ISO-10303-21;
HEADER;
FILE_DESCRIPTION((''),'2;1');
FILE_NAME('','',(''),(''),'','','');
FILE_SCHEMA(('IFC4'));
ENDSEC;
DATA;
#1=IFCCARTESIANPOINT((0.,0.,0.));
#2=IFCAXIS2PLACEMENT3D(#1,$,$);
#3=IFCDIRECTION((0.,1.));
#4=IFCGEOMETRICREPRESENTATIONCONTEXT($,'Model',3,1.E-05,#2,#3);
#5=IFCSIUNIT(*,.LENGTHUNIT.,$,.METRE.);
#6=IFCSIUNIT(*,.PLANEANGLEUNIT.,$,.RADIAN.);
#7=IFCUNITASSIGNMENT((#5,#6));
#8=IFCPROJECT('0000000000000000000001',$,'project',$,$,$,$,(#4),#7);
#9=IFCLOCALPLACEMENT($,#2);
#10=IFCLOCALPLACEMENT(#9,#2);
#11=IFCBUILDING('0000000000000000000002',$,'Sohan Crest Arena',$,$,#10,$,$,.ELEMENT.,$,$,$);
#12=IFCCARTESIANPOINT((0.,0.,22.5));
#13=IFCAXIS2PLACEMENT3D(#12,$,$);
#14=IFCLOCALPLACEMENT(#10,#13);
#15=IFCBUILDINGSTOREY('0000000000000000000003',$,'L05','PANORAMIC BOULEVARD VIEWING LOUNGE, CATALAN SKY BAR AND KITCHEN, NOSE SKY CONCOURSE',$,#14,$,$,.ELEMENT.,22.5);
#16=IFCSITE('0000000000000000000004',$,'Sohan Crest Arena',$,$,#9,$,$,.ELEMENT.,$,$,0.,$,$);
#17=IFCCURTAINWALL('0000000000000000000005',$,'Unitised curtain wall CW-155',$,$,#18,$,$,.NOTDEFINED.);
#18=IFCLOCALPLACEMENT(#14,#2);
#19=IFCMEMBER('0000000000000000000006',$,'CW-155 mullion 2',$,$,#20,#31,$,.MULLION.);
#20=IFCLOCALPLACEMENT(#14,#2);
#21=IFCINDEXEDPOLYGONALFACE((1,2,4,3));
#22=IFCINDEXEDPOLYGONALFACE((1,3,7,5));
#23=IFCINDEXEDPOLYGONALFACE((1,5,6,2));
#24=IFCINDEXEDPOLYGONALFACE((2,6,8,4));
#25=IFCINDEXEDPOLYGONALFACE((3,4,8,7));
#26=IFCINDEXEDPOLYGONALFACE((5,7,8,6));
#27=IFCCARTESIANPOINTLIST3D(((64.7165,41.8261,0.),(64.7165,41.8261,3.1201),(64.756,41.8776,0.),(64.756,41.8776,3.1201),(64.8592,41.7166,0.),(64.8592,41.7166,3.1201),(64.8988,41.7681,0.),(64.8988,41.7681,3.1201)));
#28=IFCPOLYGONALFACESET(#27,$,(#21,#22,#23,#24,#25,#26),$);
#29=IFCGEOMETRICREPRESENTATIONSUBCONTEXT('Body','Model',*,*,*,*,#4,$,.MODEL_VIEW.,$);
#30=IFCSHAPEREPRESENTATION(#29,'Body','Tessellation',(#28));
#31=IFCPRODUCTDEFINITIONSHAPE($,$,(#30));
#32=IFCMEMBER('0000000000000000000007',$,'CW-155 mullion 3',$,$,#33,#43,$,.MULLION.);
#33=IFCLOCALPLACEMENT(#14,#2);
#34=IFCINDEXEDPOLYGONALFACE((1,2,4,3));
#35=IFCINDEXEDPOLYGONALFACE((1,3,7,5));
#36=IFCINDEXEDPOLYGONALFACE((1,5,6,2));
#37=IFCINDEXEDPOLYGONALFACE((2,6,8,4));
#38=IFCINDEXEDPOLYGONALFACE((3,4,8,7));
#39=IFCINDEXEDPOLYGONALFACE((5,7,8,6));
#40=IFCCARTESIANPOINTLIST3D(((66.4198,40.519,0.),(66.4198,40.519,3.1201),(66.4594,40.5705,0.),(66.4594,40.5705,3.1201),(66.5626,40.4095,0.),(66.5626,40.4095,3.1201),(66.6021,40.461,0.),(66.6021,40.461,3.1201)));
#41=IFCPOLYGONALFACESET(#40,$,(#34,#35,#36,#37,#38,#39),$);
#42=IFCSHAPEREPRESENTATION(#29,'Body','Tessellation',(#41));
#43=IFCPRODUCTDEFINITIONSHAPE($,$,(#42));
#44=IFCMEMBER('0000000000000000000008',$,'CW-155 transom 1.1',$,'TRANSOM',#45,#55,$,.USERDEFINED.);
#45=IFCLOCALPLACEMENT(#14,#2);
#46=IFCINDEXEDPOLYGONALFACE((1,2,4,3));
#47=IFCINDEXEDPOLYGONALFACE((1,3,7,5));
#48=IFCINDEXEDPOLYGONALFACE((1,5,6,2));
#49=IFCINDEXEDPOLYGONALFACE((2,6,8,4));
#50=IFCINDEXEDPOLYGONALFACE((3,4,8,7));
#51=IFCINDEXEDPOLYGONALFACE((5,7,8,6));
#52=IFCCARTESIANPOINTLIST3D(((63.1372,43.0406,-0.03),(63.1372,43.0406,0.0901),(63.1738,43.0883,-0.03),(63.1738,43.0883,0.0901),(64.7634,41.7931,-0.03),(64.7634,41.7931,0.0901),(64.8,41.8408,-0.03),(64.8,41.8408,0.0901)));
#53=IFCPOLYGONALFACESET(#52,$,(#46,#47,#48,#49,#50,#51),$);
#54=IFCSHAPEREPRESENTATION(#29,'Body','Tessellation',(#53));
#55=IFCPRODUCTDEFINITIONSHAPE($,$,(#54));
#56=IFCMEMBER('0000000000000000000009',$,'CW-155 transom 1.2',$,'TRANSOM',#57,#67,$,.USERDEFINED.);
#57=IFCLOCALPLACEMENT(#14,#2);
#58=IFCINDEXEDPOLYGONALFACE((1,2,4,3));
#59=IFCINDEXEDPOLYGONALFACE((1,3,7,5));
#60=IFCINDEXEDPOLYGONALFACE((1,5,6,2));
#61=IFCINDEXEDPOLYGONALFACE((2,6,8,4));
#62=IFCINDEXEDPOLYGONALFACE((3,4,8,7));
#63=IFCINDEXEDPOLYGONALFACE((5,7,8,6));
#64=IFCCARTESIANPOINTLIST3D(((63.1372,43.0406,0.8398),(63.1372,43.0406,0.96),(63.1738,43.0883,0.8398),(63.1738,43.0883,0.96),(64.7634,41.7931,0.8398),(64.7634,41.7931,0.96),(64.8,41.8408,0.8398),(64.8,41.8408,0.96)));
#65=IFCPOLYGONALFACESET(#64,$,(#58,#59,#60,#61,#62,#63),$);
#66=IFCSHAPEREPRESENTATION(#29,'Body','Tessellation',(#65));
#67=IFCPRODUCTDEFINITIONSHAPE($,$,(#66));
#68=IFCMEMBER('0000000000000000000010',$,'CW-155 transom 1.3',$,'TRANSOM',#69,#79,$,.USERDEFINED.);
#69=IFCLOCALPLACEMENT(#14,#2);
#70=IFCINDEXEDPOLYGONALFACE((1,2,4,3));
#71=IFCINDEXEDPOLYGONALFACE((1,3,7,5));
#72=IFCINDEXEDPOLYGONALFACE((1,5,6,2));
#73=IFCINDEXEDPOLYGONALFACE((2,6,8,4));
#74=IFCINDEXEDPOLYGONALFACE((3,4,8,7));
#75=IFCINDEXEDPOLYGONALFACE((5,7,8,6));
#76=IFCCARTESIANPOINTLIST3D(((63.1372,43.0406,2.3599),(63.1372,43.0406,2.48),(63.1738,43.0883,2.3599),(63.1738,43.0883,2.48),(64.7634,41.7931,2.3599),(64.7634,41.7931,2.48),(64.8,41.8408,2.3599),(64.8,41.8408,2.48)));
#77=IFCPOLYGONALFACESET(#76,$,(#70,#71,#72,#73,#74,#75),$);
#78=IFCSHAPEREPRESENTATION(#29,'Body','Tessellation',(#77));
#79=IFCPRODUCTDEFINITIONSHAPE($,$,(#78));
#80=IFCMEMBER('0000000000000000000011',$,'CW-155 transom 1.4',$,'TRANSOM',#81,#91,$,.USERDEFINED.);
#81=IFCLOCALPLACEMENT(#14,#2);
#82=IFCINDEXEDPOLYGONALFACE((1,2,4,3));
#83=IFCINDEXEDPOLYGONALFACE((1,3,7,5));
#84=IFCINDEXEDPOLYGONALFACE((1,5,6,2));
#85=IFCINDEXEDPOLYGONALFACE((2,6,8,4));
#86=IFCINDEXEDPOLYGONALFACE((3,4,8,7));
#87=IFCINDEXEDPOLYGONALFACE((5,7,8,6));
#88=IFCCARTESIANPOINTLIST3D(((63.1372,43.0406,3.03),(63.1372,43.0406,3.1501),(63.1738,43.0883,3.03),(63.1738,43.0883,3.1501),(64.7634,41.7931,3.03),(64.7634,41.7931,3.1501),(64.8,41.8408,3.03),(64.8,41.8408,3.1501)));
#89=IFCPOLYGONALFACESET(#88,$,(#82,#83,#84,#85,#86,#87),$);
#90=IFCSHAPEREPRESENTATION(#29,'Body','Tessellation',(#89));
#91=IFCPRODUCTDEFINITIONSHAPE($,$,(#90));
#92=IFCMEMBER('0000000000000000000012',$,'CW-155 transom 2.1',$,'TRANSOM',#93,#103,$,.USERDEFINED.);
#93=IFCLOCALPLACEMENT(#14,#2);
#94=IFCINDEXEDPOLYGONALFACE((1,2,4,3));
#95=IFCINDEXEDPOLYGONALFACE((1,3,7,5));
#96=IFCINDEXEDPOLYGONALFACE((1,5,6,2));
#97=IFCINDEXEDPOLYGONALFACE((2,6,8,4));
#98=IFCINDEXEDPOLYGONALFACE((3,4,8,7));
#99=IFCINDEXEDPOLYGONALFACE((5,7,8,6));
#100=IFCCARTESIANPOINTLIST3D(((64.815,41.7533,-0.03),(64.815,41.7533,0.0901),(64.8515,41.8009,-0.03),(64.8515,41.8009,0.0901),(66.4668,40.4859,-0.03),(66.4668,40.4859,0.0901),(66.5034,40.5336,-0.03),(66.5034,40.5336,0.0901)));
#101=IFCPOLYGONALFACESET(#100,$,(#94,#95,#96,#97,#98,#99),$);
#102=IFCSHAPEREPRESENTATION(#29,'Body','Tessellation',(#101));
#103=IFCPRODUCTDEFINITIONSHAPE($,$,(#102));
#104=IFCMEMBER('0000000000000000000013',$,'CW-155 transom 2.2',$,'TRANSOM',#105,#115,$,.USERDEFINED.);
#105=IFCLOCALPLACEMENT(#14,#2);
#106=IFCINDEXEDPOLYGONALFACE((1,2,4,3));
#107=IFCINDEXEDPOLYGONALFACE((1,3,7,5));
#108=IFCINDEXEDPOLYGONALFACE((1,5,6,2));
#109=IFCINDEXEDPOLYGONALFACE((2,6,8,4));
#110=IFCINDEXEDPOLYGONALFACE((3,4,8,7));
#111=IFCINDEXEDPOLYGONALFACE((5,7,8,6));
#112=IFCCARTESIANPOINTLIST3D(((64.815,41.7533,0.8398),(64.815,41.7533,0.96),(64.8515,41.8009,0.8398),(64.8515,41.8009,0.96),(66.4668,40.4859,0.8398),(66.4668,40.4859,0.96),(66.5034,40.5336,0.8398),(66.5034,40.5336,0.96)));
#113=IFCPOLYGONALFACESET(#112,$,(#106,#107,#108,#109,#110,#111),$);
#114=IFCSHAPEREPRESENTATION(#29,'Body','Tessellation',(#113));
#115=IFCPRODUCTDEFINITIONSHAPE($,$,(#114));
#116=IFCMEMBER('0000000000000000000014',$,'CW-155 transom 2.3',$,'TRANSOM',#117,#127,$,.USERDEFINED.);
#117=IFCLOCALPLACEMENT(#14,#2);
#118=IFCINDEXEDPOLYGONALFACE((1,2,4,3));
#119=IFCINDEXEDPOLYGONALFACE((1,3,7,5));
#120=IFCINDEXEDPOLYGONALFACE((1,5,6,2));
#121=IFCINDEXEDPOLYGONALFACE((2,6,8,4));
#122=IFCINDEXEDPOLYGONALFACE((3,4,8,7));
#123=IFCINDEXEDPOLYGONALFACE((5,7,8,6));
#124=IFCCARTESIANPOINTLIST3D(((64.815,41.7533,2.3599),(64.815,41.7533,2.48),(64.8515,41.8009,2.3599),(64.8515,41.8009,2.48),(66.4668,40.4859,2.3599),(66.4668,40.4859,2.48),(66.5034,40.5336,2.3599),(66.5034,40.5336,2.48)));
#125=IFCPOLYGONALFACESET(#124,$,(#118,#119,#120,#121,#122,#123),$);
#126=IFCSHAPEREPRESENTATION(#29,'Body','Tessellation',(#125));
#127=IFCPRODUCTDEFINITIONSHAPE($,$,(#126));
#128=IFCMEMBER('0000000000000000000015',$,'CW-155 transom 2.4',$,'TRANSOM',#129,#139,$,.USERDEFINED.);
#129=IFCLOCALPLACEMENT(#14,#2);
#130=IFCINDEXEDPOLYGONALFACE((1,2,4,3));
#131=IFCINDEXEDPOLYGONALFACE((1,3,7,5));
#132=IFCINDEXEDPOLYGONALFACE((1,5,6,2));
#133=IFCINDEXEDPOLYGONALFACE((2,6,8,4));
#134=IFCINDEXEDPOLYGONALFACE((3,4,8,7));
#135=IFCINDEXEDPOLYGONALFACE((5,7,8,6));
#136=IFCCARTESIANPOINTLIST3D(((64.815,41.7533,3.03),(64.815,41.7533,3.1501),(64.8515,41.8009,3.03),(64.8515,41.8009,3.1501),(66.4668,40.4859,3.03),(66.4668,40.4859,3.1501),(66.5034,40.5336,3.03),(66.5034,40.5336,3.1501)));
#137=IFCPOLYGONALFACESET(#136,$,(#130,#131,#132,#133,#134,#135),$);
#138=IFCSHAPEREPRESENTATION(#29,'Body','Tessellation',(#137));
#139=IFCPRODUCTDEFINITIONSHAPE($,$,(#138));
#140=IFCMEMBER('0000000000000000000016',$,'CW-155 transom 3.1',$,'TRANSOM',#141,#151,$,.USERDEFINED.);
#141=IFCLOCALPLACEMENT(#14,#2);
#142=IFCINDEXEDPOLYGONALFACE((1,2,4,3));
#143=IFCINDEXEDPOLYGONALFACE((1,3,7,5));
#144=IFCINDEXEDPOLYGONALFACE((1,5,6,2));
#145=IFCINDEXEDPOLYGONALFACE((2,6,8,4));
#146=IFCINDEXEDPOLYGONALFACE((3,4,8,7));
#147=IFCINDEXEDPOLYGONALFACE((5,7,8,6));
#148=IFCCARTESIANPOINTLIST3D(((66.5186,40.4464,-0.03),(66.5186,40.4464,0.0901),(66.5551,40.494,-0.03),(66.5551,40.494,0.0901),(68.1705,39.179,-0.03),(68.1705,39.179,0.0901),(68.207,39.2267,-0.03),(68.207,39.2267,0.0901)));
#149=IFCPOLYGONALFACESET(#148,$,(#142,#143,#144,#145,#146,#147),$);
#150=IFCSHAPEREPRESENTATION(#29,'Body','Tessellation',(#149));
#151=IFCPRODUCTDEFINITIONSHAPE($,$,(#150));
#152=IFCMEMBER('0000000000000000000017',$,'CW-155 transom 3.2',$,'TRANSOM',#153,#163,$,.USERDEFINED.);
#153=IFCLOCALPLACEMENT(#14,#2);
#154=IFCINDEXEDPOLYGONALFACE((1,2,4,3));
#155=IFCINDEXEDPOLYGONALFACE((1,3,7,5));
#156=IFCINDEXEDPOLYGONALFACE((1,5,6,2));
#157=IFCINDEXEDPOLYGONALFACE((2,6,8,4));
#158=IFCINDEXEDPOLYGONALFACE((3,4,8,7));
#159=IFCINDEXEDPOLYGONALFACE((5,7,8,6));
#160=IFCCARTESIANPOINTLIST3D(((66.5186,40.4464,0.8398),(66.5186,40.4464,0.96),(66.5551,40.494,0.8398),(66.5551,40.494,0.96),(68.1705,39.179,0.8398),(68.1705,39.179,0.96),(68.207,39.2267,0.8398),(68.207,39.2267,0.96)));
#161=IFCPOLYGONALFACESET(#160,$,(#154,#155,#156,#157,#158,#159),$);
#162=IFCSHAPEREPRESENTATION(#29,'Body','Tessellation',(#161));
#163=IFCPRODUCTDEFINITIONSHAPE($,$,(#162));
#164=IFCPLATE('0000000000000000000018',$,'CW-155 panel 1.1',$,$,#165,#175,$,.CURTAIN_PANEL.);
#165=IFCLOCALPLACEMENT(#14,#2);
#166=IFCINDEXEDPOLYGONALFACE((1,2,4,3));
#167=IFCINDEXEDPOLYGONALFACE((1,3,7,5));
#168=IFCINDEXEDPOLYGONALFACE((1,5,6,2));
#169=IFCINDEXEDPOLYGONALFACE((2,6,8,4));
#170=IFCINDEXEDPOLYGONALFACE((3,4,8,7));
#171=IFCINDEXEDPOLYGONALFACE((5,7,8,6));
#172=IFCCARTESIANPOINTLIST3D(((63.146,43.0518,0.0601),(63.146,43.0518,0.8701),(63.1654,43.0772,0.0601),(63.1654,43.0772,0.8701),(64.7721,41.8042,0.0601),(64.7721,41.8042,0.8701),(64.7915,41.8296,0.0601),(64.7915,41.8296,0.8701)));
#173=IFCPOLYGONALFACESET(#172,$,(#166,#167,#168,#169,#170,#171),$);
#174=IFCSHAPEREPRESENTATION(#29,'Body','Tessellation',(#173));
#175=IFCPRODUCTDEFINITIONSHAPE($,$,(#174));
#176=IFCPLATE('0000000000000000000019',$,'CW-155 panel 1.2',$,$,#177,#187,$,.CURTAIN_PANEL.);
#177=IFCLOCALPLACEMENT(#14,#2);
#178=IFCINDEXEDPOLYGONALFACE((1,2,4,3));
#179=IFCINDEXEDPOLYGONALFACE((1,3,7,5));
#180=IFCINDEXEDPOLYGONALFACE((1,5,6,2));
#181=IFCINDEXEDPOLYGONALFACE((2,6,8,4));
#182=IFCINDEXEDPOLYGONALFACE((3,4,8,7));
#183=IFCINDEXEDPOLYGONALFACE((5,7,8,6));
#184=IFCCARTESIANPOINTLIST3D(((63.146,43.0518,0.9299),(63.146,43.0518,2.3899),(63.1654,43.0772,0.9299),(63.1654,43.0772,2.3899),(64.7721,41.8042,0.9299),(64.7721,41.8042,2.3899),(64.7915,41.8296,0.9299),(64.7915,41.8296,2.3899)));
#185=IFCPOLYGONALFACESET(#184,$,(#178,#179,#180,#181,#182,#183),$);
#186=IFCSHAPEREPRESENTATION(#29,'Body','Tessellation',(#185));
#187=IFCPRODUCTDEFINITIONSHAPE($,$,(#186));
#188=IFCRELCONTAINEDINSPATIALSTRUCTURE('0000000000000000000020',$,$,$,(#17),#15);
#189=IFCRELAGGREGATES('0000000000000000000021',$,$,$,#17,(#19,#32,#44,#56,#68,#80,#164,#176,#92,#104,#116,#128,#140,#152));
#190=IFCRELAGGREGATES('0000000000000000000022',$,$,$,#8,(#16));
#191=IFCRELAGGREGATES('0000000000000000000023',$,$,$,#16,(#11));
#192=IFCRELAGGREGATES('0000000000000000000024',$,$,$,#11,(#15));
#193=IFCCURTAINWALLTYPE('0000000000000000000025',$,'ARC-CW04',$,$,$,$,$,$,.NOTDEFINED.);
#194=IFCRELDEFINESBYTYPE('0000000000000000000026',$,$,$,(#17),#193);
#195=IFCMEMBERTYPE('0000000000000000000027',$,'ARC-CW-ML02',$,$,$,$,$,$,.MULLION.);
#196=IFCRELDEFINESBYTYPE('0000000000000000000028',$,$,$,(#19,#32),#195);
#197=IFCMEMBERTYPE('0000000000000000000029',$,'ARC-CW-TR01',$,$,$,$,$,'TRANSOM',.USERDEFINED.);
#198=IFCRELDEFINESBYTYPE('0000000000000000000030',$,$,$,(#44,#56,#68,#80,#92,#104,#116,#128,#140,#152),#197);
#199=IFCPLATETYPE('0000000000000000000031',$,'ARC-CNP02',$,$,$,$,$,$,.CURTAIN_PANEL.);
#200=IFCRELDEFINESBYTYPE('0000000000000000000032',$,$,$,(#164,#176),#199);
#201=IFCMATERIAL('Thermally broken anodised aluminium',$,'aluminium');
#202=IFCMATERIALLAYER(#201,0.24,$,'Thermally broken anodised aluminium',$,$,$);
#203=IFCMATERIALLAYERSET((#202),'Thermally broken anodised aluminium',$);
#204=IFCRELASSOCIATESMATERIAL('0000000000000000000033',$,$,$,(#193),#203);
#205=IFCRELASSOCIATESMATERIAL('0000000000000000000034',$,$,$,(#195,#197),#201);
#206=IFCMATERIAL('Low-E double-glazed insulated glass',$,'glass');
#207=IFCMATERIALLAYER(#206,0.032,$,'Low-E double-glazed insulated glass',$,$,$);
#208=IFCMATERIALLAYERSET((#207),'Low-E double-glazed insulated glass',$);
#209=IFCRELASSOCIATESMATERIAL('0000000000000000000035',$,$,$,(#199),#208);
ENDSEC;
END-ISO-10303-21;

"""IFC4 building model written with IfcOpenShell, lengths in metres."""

from ifc_helpers import new_model, si_unit, direction, frame, origin, origin_2d, place, context, subcontext, project, spatial, rectangle, extrude, material, layer, layer_set, material_profile, profile_set, type_object, element, aggregate, save


model = new_model("IFC4")

# Units and contexts
model_context = context("Model", 3, precision=1e-05, world=origin(), true_north=direction((0.0, 1.0)))
body_context = subcontext(model_context, "Body", "Model", "MODEL_VIEW")
ifc_project = project(units=[si_unit("LENGTHUNIT", "METRE"), si_unit("PLANEANGLEUNIT", "RADIAN")], contexts=[model_context])

# Site, building, storey
site_placement = place(None, origin())
site = spatial("IfcSite", under=ifc_project, at=site_placement, Name="Sohan Crest Arena", CompositionType="ELEMENT", RefElevation=0.0)
building_placement = place(site_placement, origin())
building = spatial("IfcBuilding", under=site, at=building_placement, Name="Sohan Crest Arena", CompositionType="ELEMENT")
storey_placement = place(building_placement, frame((0.0, 0.0, 22.5)))
storey = spatial("IfcBuildingStorey", under=building, at=storey_placement, Name="L05", Description="PANORAMIC BOULEVARD VIEWING LOUNGE, CATALAN SKY BAR AND KITCHEN, NOSE SKY CONCOURSE", CompositionType="ELEMENT", Elevation=22.5)

# Curtain wall, members, plates
ifc_material_1 = material(Name="Thermally broken anodised aluminium", Category="aluminium")
ifc_layer_1 = layer(ifc_material_1, 0.24, Name="Thermally broken anodised aluminium")
ifc_layer_set_1 = layer_set([ifc_layer_1], Name="Thermally broken anodised aluminium")
curtain_wall_type = type_object("IfcCurtainWallType", Name="ARC-CW04", PredefinedType="NOTDEFINED", material=ifc_layer_set_1)
curtain_wall_placement = place(storey_placement, origin())
curtain_wall = element("IfcCurtainWall", 1, at=curtain_wall_placement, inside=storey, type_object=curtain_wall_type, Name="Unitised curtain wall CW-155", PredefinedType="NOTDEFINED")
ifc_material_profile_1 = material_profile(ifc_material_1, rectangle(XDim=0.0649, YDim=0.1799, at=origin_2d()), Name="ALU-MULL 65x180")
ifc_profile_set_1 = profile_set([ifc_material_profile_1], Name="Thermally broken anodised aluminium")
member_type_1 = type_object("IfcMemberType", Name="ARC-CW-ML02", PredefinedType="MULLION", material=ifc_profile_set_1)
member_1_placement = place(storey_placement, frame((64.8076, 41.7971, 0.0), z_axis=(0.0, 0.0, 1.0), x_axis=(0.60872, 0.793385, 0.0)))
member_1 = element("IfcMember", 2, at=member_1_placement, type_object=member_type_1, Name="CW-155 mullion 2", PredefinedType="MULLION", context=body_context, shape_type="SweptSolid", body=[
    extrude(rectangle(XDim=0.0649, YDim=0.1799, at=origin_2d()), origin(), (0.0, 0.0, 1.0), 3.1201),
])
member_2_placement = place(storey_placement, frame((66.511, 40.49, 0.0), z_axis=(0.0, 0.0, 1.0), x_axis=(0.60872, 0.793385, 0.0)))
member_2 = element("IfcMember", 3, at=member_2_placement, type_object=member_type_1, Name="CW-155 mullion 3", PredefinedType="MULLION", context=body_context, shape_type="SweptSolid", body=[
    extrude(rectangle(XDim=0.0649, YDim=0.1799, at=origin_2d()), origin(), (0.0, 0.0, 1.0), 3.1201),
])
ifc_material_profile_2 = material_profile(ifc_material_1, rectangle(XDim=0.0601, YDim=0.1201, at=origin_2d()), Name="ALU-TRAN 60x120")
ifc_profile_set_2 = profile_set([ifc_material_profile_2], Name="Thermally broken anodised aluminium")
member_type_2 = type_object("IfcMemberType", Name="ARC-CW-TR01", ElementType="TRANSOM", PredefinedType="USERDEFINED", material=ifc_profile_set_2)
member_3_placement = place(storey_placement, frame((63.1555, 43.0645, 0.03), z_axis=(0.79342, -0.608674, 0.0), x_axis=(0.608674, 0.79342, 0.0)))
member_3 = element("IfcMember", 4, at=member_3_placement, type_object=member_type_2, Name="CW-155 transom 1.1", ObjectType="TRANSOM", PredefinedType="USERDEFINED", context=body_context, shape_type="SweptSolid", body=[
    extrude(rectangle(XDim=0.0601, YDim=0.1201, at=origin_2d()), origin(), (0.0, 0.0, 1.0), 2.0496),
])
member_4_placement = place(storey_placement, frame((63.1555, 43.0645, 0.8999), z_axis=(0.79342, -0.608674, 0.0), x_axis=(0.608674, 0.79342, 0.0)))
member_4 = element("IfcMember", 5, at=member_4_placement, type_object=member_type_2, Name="CW-155 transom 1.2", ObjectType="TRANSOM", PredefinedType="USERDEFINED", context=body_context, shape_type="SweptSolid", body=[
    extrude(rectangle(XDim=0.0601, YDim=0.1201, at=origin_2d()), origin(), (0.0, 0.0, 1.0), 2.0496),
])
member_5_placement = place(storey_placement, frame((63.1555, 43.0645, 2.4199), z_axis=(0.79342, -0.608674, 0.0), x_axis=(0.608674, 0.79342, 0.0)))
member_5 = element("IfcMember", 6, at=member_5_placement, type_object=member_type_2, Name="CW-155 transom 1.3", ObjectType="TRANSOM", PredefinedType="USERDEFINED", context=body_context, shape_type="SweptSolid", body=[
    extrude(rectangle(XDim=0.0601, YDim=0.1201, at=origin_2d()), origin(), (0.0, 0.0, 1.0), 2.0496),
])
member_6_placement = place(storey_placement, frame((63.1555, 43.0645, 3.0901), z_axis=(0.79342, -0.608674, 0.0), x_axis=(0.608674, 0.79342, 0.0)))
member_6 = element("IfcMember", 7, at=member_6_placement, type_object=member_type_2, Name="CW-155 transom 1.4", ObjectType="TRANSOM", PredefinedType="USERDEFINED", context=body_context, shape_type="SweptSolid", body=[
    extrude(rectangle(XDim=0.0601, YDim=0.1201, at=origin_2d()), origin(), (0.0, 0.0, 1.0), 2.0496),
])
member_7_placement = place(storey_placement, frame((64.8333, 41.7771, 0.03), z_axis=(0.793395, -0.608707, 0.0), x_axis=(0.608707, 0.793395, 0.0)))
member_7 = element("IfcMember", 8, at=member_7_placement, type_object=member_type_2, Name="CW-155 transom 2.1", ObjectType="TRANSOM", PredefinedType="USERDEFINED", context=body_context, shape_type="SweptSolid", body=[
    extrude(rectangle(XDim=0.0601, YDim=0.1201, at=origin_2d()), origin(), (0.0, 0.0, 1.0), 2.082),
])
member_8_placement = place(storey_placement, frame((64.8333, 41.7771, 0.8999), z_axis=(0.793395, -0.608707, 0.0), x_axis=(0.608707, 0.793395, 0.0)))
member_8 = element("IfcMember", 9, at=member_8_placement, type_object=member_type_2, Name="CW-155 transom 2.2", ObjectType="TRANSOM", PredefinedType="USERDEFINED", context=body_context, shape_type="SweptSolid", body=[
    extrude(rectangle(XDim=0.0601, YDim=0.1201, at=origin_2d()), origin(), (0.0, 0.0, 1.0), 2.082),
])
member_9_placement = place(storey_placement, frame((64.8333, 41.7771, 2.4199), z_axis=(0.793395, -0.608707, 0.0), x_axis=(0.608707, 0.793395, 0.0)))
member_9 = element("IfcMember", 10, at=member_9_placement, type_object=member_type_2, Name="CW-155 transom 2.3", ObjectType="TRANSOM", PredefinedType="USERDEFINED", context=body_context, shape_type="SweptSolid", body=[
    extrude(rectangle(XDim=0.0601, YDim=0.1201, at=origin_2d()), origin(), (0.0, 0.0, 1.0), 2.082),
])
member_10_placement = place(storey_placement, frame((64.8333, 41.7771, 3.0901), z_axis=(0.793395, -0.608707, 0.0), x_axis=(0.608707, 0.793395, 0.0)))
member_10 = element("IfcMember", 11, at=member_10_placement, type_object=member_type_2, Name="CW-155 transom 2.4", ObjectType="TRANSOM", PredefinedType="USERDEFINED", context=body_context, shape_type="SweptSolid", body=[
    extrude(rectangle(XDim=0.0601, YDim=0.1201, at=origin_2d()), origin(), (0.0, 0.0, 1.0), 2.082),
])
member_11_placement = place(storey_placement, frame((66.5369, 40.4702, 0.03), z_axis=(0.793395, -0.608707, 0.0), x_axis=(0.608707, 0.793395, 0.0)))
member_11 = element("IfcMember", 12, at=member_11_placement, type_object=member_type_2, Name="CW-155 transom 3.1", ObjectType="TRANSOM", PredefinedType="USERDEFINED", context=body_context, shape_type="SweptSolid", body=[
    extrude(rectangle(XDim=0.0601, YDim=0.1201, at=origin_2d()), origin(), (0.0, 0.0, 1.0), 2.082),
])
member_12_placement = place(storey_placement, frame((66.5369, 40.4702, 0.8999), z_axis=(0.793395, -0.608707, 0.0), x_axis=(0.608707, 0.793395, 0.0)))
member_12 = element("IfcMember", 13, at=member_12_placement, type_object=member_type_2, Name="CW-155 transom 3.2", ObjectType="TRANSOM", PredefinedType="USERDEFINED", context=body_context, shape_type="SweptSolid", body=[
    extrude(rectangle(XDim=0.0601, YDim=0.1201, at=origin_2d()), origin(), (0.0, 0.0, 1.0), 2.082),
])
ifc_material_2 = material(Name="Low-E double-glazed insulated glass", Category="glass")
ifc_layer_2 = layer(ifc_material_2, 0.032, Name="Low-E double-glazed insulated glass")
ifc_layer_set_2 = layer_set([ifc_layer_2], Name="Low-E double-glazed insulated glass")
plate_type = type_object("IfcPlateType", Name="ARC-CNP02", PredefinedType="CURTAIN_PANEL", material=ifc_layer_set_2)
plate_1_placement = place(storey_placement, frame((63.9688, 42.4407, 0.0601), z_axis=(0.0, 0.0, 1.0), x_axis=(0.793385, -0.60872, 0.0)))
plate_1 = element("IfcPlate", 14, at=plate_1_placement, type_object=plate_type, Name="CW-155 panel 1.1", PredefinedType="CURTAIN_PANEL", context=body_context, shape_type="SweptSolid", body=[
    extrude(rectangle(XDim=2.0496, YDim=0.032, at=origin_2d()), origin(), (0.0, 0.0, 1.0), 0.8101),
])
plate_2_placement = place(storey_placement, frame((63.9688, 42.4407, 0.9299), z_axis=(0.0, 0.0, 1.0), x_axis=(0.793385, -0.60872, 0.0)))
plate_2 = element("IfcPlate", 15, at=plate_2_placement, type_object=plate_type, Name="CW-155 panel 1.2", PredefinedType="CURTAIN_PANEL", context=body_context, shape_type="SweptSolid", body=[
    extrude(rectangle(XDim=2.0496, YDim=0.032, at=origin_2d()), origin(), (0.0, 0.0, 1.0), 1.46),
])
aggregate(curtain_wall, [member_1, member_2, member_3, member_4, member_5, member_6, plate_1, plate_2, member_7, member_8, member_9, member_10, member_11, member_12])

save(model, "model.ifc")
